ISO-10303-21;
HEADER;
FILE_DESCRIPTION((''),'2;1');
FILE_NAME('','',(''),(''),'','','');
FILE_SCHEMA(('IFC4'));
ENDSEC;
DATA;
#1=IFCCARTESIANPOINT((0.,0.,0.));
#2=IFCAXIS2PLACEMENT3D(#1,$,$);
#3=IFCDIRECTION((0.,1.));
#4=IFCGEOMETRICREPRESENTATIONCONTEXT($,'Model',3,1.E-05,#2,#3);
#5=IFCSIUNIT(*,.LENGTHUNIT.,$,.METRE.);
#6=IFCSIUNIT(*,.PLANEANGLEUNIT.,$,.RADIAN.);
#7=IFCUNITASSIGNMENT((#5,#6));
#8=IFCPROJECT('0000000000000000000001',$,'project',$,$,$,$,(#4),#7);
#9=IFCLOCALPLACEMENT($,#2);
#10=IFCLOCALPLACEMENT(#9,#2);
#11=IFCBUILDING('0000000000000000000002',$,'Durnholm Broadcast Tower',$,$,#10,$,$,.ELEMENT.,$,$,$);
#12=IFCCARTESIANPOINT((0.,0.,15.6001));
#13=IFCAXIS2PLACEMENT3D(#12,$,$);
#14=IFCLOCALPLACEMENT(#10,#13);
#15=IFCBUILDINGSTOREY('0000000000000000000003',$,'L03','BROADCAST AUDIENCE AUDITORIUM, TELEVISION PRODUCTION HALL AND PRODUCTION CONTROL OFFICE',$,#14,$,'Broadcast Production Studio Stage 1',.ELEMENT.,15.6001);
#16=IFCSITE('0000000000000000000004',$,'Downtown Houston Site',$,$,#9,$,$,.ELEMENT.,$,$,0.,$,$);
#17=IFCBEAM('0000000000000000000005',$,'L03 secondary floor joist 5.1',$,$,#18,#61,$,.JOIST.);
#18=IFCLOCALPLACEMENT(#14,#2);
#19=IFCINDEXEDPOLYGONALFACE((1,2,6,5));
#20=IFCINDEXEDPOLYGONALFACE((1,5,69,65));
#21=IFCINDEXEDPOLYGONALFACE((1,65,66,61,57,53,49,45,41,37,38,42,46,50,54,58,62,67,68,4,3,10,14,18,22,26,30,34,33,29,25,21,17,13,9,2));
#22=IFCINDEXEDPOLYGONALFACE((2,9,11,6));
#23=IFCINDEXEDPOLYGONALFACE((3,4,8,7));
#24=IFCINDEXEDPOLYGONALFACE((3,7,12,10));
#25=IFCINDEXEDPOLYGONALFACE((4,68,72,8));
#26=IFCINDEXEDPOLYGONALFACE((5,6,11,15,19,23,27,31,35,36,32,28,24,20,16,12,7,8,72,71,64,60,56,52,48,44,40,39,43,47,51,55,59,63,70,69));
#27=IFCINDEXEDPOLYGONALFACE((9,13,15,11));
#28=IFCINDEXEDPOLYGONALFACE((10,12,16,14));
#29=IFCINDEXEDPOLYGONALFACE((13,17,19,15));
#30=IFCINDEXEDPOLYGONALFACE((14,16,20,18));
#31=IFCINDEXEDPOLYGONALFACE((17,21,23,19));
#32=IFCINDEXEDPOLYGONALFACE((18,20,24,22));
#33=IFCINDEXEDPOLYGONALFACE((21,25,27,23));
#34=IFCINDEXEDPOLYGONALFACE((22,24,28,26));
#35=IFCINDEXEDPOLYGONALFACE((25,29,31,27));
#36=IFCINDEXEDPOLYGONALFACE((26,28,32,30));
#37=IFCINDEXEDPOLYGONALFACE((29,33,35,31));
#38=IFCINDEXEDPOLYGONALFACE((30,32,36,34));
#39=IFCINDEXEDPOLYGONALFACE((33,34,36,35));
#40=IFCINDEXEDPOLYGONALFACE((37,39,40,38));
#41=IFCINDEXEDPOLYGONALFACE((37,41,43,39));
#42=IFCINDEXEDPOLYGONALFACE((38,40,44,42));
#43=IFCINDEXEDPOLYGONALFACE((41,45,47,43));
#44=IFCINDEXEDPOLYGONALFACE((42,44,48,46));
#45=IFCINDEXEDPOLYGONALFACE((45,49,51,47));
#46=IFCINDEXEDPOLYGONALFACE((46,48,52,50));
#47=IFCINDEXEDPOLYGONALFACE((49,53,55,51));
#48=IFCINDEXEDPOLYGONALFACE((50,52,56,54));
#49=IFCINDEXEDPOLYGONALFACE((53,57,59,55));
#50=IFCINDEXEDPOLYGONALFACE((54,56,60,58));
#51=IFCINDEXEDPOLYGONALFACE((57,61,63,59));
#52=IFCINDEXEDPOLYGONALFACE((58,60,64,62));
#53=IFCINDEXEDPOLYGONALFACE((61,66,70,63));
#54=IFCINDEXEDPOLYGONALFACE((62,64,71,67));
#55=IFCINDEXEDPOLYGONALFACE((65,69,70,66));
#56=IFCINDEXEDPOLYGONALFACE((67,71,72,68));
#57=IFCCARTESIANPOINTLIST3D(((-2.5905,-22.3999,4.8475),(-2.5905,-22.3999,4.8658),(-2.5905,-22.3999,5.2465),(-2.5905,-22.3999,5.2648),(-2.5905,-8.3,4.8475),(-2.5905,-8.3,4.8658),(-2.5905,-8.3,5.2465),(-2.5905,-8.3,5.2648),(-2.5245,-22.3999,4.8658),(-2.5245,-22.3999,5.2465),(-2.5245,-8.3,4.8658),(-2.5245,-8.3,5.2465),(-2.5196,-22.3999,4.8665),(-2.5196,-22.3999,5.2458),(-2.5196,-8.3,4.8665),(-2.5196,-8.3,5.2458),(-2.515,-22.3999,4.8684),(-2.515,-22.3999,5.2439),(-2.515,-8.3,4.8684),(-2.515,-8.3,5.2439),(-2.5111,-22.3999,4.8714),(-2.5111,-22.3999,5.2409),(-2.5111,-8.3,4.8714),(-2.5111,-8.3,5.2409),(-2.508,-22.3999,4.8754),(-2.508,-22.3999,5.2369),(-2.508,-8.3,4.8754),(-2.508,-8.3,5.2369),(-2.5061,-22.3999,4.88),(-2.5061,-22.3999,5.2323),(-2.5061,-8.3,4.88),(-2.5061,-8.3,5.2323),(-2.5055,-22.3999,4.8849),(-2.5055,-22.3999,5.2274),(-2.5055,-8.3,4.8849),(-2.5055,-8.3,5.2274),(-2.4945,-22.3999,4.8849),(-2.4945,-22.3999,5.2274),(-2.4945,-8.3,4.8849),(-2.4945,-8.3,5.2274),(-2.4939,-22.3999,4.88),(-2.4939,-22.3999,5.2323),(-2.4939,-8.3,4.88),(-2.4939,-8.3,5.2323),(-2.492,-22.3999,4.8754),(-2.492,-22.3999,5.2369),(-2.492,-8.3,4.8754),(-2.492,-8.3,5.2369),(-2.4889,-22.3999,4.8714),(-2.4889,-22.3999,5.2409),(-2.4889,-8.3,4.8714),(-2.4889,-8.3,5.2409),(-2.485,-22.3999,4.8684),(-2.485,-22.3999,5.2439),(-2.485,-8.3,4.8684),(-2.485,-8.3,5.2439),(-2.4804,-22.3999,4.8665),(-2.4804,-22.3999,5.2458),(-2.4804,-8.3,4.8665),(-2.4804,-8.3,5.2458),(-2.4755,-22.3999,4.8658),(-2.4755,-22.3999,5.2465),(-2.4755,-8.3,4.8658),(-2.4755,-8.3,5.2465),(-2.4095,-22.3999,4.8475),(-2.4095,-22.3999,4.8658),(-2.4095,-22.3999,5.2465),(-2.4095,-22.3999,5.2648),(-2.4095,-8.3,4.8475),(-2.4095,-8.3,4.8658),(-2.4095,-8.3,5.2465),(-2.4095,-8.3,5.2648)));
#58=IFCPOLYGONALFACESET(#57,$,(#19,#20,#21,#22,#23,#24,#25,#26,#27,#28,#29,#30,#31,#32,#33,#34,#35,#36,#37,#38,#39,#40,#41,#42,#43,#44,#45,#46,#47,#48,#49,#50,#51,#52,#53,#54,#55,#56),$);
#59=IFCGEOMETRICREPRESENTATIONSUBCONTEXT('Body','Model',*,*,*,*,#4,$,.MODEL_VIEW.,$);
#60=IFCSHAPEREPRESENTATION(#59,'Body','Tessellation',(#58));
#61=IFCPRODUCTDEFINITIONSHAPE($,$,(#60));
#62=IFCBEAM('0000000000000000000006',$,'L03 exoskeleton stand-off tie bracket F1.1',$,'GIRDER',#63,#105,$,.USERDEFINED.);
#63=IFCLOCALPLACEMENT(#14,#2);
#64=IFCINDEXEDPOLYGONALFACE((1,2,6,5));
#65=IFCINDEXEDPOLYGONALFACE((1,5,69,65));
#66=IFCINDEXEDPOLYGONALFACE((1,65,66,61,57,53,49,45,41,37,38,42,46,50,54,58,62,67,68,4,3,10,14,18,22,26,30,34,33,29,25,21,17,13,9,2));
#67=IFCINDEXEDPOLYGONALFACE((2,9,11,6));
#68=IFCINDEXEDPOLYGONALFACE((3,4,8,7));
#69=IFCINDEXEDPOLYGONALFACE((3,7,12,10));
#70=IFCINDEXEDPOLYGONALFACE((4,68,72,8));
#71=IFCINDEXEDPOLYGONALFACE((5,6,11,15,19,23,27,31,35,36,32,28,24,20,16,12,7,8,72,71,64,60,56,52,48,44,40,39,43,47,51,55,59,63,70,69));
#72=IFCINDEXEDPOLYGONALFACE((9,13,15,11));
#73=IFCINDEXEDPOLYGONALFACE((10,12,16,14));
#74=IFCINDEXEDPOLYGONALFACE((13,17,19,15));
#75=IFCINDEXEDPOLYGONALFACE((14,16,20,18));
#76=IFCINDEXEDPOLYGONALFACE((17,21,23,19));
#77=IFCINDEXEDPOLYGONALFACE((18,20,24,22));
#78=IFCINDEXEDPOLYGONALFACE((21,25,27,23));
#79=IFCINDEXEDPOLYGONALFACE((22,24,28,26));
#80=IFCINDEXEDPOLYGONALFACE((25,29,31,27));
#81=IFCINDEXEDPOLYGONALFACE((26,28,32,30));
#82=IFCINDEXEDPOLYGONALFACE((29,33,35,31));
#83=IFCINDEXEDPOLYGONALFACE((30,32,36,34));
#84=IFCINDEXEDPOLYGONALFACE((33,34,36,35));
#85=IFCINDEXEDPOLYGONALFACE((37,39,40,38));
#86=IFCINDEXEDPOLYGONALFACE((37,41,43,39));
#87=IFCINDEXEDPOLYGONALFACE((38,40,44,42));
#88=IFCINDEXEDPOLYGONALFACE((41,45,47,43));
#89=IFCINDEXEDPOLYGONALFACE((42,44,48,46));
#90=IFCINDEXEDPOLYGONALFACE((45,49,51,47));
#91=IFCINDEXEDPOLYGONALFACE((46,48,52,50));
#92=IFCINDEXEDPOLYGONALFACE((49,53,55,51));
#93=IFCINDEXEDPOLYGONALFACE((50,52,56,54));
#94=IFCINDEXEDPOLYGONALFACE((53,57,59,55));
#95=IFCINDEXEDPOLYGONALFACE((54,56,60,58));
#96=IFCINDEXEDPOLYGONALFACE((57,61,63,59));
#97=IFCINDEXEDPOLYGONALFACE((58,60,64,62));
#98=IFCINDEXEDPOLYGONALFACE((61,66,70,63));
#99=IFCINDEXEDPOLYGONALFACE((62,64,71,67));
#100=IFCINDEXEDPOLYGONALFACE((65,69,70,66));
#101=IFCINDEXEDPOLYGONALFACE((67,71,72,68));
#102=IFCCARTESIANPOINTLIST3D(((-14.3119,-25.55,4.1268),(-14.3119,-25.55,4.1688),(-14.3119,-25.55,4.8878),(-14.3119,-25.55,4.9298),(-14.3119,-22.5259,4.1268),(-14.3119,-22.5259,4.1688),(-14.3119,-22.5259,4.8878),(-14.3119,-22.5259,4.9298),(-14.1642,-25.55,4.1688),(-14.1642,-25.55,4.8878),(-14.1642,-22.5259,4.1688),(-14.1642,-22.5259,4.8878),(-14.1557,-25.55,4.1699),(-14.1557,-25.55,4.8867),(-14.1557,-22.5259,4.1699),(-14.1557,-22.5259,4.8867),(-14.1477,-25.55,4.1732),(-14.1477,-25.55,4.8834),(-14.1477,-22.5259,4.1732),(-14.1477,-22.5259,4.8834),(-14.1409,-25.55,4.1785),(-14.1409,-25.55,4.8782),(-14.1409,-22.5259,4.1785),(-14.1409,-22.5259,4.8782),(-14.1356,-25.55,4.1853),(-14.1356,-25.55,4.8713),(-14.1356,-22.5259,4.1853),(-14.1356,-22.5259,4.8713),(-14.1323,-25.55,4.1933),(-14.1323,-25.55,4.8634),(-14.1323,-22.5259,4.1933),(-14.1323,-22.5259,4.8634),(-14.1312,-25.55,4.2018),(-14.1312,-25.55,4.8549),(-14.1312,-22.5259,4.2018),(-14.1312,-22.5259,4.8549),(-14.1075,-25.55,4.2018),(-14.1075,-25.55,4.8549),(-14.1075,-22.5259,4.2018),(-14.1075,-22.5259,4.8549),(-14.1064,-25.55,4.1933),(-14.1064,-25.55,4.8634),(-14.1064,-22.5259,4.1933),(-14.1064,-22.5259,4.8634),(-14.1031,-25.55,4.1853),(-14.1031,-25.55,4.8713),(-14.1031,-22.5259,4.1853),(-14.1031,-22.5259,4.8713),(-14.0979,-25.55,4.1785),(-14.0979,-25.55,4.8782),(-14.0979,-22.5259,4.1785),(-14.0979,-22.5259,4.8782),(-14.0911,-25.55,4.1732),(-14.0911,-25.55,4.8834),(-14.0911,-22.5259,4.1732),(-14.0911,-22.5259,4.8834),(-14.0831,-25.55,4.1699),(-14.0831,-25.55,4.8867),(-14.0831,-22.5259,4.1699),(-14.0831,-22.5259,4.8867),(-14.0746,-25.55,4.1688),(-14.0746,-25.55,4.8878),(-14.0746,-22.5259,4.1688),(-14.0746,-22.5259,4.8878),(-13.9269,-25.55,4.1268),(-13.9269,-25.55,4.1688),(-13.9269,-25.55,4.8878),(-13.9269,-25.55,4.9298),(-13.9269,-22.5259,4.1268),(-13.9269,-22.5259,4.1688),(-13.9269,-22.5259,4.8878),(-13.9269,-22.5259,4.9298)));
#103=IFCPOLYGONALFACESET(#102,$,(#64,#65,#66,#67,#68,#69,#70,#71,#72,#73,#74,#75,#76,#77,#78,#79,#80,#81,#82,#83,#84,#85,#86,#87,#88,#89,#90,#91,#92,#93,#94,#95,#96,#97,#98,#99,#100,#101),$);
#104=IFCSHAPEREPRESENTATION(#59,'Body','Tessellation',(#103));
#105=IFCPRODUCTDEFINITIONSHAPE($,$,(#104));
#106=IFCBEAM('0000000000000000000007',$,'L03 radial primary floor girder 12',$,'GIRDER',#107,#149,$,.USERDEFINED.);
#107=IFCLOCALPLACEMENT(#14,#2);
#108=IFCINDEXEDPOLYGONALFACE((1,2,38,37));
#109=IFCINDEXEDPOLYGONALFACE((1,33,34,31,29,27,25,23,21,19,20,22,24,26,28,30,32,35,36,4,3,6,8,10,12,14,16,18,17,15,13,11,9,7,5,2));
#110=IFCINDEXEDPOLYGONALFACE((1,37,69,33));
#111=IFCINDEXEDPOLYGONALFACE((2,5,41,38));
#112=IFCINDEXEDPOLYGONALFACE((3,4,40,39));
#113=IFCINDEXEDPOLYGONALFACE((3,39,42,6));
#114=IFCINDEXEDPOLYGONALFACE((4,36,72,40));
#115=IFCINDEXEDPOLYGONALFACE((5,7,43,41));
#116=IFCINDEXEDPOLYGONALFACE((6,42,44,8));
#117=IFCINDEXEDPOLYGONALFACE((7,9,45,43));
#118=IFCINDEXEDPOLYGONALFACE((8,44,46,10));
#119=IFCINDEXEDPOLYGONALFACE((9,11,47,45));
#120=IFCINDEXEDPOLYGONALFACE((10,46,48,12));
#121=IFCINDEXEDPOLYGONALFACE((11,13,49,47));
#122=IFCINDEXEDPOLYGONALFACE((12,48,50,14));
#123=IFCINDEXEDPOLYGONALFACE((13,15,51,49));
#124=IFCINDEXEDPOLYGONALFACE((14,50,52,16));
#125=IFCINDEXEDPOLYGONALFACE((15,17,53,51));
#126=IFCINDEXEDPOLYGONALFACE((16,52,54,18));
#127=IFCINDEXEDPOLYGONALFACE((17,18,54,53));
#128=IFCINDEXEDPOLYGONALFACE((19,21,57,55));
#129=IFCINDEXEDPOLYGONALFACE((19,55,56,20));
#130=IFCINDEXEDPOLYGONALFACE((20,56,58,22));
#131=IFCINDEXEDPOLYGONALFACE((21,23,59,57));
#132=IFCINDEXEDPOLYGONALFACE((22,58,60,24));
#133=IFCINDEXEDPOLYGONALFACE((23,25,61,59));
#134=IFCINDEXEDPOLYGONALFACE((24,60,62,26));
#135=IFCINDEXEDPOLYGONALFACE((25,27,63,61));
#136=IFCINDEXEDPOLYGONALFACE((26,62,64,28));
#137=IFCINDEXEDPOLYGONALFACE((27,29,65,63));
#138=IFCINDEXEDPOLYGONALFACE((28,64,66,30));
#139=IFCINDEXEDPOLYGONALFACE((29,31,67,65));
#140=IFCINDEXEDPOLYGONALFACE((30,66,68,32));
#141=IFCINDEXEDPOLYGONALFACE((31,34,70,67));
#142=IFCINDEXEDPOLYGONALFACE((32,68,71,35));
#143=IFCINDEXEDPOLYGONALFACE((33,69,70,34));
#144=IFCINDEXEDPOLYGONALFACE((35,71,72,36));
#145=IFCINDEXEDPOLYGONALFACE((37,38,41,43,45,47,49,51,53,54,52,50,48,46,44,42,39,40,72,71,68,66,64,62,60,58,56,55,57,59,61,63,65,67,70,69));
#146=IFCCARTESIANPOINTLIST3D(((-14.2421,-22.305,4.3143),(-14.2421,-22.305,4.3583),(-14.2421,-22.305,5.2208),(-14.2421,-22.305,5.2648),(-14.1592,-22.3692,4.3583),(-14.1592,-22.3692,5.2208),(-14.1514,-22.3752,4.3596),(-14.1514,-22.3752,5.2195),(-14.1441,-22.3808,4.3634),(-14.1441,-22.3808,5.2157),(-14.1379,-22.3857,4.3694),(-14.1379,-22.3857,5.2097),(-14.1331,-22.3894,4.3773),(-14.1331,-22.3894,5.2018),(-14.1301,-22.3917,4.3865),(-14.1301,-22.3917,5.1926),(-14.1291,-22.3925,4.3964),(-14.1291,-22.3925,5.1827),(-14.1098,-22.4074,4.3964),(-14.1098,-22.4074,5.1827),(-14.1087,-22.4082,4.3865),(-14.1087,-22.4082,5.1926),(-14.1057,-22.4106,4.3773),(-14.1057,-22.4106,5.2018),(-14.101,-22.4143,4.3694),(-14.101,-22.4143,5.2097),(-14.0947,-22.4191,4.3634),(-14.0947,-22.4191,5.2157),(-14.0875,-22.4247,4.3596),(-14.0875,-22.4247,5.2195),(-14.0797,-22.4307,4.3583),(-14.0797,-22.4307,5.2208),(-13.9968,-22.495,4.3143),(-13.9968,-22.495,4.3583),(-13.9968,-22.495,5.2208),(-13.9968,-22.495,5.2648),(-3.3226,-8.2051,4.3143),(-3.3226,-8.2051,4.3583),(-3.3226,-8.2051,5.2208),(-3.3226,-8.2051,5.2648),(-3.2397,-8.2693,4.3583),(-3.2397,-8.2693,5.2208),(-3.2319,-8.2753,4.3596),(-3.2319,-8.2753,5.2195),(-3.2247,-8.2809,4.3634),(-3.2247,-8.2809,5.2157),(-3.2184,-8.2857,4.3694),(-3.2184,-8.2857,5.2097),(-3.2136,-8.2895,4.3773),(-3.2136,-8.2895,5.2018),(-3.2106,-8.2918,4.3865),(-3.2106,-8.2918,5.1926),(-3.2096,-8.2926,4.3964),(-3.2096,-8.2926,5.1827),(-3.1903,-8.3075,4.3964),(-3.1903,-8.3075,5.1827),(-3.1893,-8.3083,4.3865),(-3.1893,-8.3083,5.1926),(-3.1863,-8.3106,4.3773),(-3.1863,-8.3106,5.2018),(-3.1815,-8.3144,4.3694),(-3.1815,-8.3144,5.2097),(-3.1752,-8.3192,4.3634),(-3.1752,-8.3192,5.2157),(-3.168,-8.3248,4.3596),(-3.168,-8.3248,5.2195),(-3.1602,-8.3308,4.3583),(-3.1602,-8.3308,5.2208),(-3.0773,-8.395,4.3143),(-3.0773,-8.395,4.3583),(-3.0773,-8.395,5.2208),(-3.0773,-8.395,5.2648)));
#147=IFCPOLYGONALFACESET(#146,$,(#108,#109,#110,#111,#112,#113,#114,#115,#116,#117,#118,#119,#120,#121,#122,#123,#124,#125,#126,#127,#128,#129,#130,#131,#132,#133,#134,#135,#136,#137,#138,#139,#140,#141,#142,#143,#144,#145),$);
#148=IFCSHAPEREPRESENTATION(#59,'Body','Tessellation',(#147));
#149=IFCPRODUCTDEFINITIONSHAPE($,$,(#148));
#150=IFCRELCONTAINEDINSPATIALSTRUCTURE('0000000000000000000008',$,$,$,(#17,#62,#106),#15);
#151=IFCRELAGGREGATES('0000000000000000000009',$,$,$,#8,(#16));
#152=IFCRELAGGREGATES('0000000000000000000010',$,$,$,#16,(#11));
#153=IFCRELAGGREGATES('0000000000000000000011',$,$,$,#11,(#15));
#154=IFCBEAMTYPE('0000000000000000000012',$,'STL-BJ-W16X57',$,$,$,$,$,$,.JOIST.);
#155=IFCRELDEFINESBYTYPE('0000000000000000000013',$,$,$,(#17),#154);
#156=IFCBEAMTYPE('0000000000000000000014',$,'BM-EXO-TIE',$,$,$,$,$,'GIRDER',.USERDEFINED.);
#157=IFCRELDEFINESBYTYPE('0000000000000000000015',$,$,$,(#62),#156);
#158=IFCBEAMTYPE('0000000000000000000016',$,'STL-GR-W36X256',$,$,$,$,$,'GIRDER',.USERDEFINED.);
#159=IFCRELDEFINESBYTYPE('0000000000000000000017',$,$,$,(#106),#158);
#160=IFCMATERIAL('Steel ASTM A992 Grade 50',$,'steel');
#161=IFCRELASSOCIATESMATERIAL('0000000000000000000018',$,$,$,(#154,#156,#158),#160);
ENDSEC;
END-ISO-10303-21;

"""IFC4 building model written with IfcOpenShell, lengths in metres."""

from ifc_helpers import new_model, si_unit, direction, frame, origin, origin_2d, place, context, subcontext, project, spatial, i_section, extrude, source, transform, mapped, material, material_profile, profile_set, type_object, type_shapes, element, save


model = new_model("IFC4")

# Units and contexts
model_context = context("Model", 3, precision=1e-05, world=origin(), true_north=direction((0.0, 1.0)))
body_context = subcontext(model_context, "Body", "Model", "MODEL_VIEW")
ifc_project = project(units=[si_unit("LENGTHUNIT", "METRE"), si_unit("PLANEANGLEUNIT", "RADIAN")], contexts=[model_context])

# Site, building, storey
site_placement = place(None, origin())
site = spatial("IfcSite", under=ifc_project, at=site_placement, Name="Downtown Houston Site", CompositionType="ELEMENT", RefElevation=0.0)
building_placement = place(site_placement, origin())
building = spatial("IfcBuilding", under=site, at=building_placement, Name="Durnholm Broadcast Tower", CompositionType="ELEMENT")
storey_placement = place(building_placement, frame((0.0, 0.0, 15.6001)))
storey = spatial("IfcBuildingStorey", under=building, at=storey_placement, Name="L03", Description="BROADCAST AUDIENCE AUDITORIUM, TELEVISION PRODUCTION HALL AND PRODUCTION CONTROL OFFICE", LongName="Broadcast Production Studio Stage 1", CompositionType="ELEMENT", Elevation=15.6001)

# Beams
ifc_material_1 = material(Name="Steel ASTM A992 Grade 50", Category="steel")
ifc_material_profile_1 = material_profile(ifc_material_1, i_section(OverallWidth=0.1809, OverallDepth=0.4172, WebThickness=0.011, FlangeThickness=0.0183, FilletRadius=0.019, at=origin_2d()), Name="W16X57")
ifc_profile_set_1 = profile_set([ifc_material_profile_1], Name="Steel ASTM A992 Grade 50")
beam_type_1 = type_object("IfcBeamType", Name="STL-BJ-W16X57", PredefinedType="JOIST", material=ifc_profile_set_1)
shared_shape_1 = source(origin(), body_context, "Body", "SweptSolid", [
    extrude(i_section(OverallWidth=0.1809, OverallDepth=0.4172, WebThickness=0.011, FlangeThickness=0.0183, FilletRadius=0.019, at=origin_2d()), origin(), (0.0, 0.0, 1.0), 14.0999),
])
type_shapes(beam_type_1, [shared_shape_1])
beam_1_placement = place(storey_placement, frame((-2.5, -22.3999, 5.0562), z_axis=(0.0, 1.0, 0.0), x_axis=(-1.0, 0.0, 0.0)))
element("IfcBeam", 1, at=beam_1_placement, inside=storey, type_object=beam_type_1, Name="L03 secondary floor joist 5.1", PredefinedType="JOIST", context=body_context, shape_type="MappedRepresentation", body=[
    mapped(shared_shape_1, transform((0.0, 0.0, 0.0), x_axis=(1.0, 0.0, 0.0), y_axis=(0.0, 1.0, 0.0), z_axis=(0.0, 0.0, 1.0), scale=1.0)),
])
ifc_material_profile_2 = material_profile(ifc_material_1, i_section(OverallWidth=0.385, OverallDepth=0.803, WebThickness=0.0237, FlangeThickness=0.042, FilletRadius=0.033, at=origin_2d()), Name="W30X261")
ifc_profile_set_2 = profile_set([ifc_material_profile_2], Name="Steel ASTM A992 Grade 50")
beam_type_2 = type_object("IfcBeamType", Name="BM-EXO-TIE", ElementType="GIRDER", PredefinedType="USERDEFINED", material=ifc_profile_set_2)
shared_shape_2 = source(origin(), body_context, "Body", "SweptSolid", [
    extrude(i_section(OverallWidth=0.385, OverallDepth=0.803, WebThickness=0.0237, FlangeThickness=0.042, FilletRadius=0.033, at=origin_2d()), origin(), (0.0, 0.0, 1.0), 3.0242),
])
type_shapes(beam_type_2, [shared_shape_2])
beam_2_placement = place(storey_placement, frame((-14.1194, -22.5259, 4.5283), z_axis=(0.0, -1.0, 0.0), x_axis=(1.0, 0.0, 0.0)))
element("IfcBeam", 2, at=beam_2_placement, inside=storey, type_object=beam_type_2, Name="L03 exoskeleton stand-off tie bracket F1.1", ObjectType="GIRDER", PredefinedType="USERDEFINED", context=body_context, shape_type="MappedRepresentation", body=[
    mapped(shared_shape_2, transform((0.0, 0.0, 0.0), x_axis=(1.0, 0.0, 0.0), y_axis=(0.0, 1.0, 0.0), z_axis=(0.0, 0.0, 1.0), scale=1.0)),
])
ifc_material_profile_3 = material_profile(ifc_material_1, i_section(OverallWidth=0.3103, OverallDepth=0.9504, WebThickness=0.0244, FlangeThickness=0.0439, FilletRadius=0.0381, at=origin_2d()), Name="W36X256")
ifc_profile_set_3 = profile_set([ifc_material_profile_3], Name="Steel ASTM A992 Grade 50")
beam_type_3 = type_object("IfcBeamType", Name="STL-GR-W36X256", ElementType="GIRDER", PredefinedType="USERDEFINED", material=ifc_profile_set_3)
shared_shape_3 = source(origin(), body_context, "Body", "SweptSolid", [
    extrude(i_section(OverallWidth=0.3103, OverallDepth=0.9504, WebThickness=0.0244, FlangeThickness=0.0439, FilletRadius=0.0381, at=origin_2d()), origin(), (0.0, 0.0, 1.0), 17.8337),
])
type_shapes(beam_type_3, [shared_shape_3])
beam_3_placement = place(storey_placement, frame((-3.2, -8.3, 4.7896), z_axis=(-0.612293, -0.790631, 0.0), x_axis=(0.790631, -0.612293, 0.0)))
element("IfcBeam", 3, at=beam_3_placement, inside=storey, type_object=beam_type_3, Name="L03 radial primary floor girder 12", ObjectType="GIRDER", PredefinedType="USERDEFINED", context=body_context, shape_type="MappedRepresentation", body=[
    mapped(shared_shape_3, transform((0.0, 0.0, 0.0), x_axis=(1.0, 0.0, 0.0), y_axis=(0.0, 1.0, 0.0), z_axis=(0.0, 0.0, 1.0), scale=1.0)),
])

save(model, "model.ifc")
